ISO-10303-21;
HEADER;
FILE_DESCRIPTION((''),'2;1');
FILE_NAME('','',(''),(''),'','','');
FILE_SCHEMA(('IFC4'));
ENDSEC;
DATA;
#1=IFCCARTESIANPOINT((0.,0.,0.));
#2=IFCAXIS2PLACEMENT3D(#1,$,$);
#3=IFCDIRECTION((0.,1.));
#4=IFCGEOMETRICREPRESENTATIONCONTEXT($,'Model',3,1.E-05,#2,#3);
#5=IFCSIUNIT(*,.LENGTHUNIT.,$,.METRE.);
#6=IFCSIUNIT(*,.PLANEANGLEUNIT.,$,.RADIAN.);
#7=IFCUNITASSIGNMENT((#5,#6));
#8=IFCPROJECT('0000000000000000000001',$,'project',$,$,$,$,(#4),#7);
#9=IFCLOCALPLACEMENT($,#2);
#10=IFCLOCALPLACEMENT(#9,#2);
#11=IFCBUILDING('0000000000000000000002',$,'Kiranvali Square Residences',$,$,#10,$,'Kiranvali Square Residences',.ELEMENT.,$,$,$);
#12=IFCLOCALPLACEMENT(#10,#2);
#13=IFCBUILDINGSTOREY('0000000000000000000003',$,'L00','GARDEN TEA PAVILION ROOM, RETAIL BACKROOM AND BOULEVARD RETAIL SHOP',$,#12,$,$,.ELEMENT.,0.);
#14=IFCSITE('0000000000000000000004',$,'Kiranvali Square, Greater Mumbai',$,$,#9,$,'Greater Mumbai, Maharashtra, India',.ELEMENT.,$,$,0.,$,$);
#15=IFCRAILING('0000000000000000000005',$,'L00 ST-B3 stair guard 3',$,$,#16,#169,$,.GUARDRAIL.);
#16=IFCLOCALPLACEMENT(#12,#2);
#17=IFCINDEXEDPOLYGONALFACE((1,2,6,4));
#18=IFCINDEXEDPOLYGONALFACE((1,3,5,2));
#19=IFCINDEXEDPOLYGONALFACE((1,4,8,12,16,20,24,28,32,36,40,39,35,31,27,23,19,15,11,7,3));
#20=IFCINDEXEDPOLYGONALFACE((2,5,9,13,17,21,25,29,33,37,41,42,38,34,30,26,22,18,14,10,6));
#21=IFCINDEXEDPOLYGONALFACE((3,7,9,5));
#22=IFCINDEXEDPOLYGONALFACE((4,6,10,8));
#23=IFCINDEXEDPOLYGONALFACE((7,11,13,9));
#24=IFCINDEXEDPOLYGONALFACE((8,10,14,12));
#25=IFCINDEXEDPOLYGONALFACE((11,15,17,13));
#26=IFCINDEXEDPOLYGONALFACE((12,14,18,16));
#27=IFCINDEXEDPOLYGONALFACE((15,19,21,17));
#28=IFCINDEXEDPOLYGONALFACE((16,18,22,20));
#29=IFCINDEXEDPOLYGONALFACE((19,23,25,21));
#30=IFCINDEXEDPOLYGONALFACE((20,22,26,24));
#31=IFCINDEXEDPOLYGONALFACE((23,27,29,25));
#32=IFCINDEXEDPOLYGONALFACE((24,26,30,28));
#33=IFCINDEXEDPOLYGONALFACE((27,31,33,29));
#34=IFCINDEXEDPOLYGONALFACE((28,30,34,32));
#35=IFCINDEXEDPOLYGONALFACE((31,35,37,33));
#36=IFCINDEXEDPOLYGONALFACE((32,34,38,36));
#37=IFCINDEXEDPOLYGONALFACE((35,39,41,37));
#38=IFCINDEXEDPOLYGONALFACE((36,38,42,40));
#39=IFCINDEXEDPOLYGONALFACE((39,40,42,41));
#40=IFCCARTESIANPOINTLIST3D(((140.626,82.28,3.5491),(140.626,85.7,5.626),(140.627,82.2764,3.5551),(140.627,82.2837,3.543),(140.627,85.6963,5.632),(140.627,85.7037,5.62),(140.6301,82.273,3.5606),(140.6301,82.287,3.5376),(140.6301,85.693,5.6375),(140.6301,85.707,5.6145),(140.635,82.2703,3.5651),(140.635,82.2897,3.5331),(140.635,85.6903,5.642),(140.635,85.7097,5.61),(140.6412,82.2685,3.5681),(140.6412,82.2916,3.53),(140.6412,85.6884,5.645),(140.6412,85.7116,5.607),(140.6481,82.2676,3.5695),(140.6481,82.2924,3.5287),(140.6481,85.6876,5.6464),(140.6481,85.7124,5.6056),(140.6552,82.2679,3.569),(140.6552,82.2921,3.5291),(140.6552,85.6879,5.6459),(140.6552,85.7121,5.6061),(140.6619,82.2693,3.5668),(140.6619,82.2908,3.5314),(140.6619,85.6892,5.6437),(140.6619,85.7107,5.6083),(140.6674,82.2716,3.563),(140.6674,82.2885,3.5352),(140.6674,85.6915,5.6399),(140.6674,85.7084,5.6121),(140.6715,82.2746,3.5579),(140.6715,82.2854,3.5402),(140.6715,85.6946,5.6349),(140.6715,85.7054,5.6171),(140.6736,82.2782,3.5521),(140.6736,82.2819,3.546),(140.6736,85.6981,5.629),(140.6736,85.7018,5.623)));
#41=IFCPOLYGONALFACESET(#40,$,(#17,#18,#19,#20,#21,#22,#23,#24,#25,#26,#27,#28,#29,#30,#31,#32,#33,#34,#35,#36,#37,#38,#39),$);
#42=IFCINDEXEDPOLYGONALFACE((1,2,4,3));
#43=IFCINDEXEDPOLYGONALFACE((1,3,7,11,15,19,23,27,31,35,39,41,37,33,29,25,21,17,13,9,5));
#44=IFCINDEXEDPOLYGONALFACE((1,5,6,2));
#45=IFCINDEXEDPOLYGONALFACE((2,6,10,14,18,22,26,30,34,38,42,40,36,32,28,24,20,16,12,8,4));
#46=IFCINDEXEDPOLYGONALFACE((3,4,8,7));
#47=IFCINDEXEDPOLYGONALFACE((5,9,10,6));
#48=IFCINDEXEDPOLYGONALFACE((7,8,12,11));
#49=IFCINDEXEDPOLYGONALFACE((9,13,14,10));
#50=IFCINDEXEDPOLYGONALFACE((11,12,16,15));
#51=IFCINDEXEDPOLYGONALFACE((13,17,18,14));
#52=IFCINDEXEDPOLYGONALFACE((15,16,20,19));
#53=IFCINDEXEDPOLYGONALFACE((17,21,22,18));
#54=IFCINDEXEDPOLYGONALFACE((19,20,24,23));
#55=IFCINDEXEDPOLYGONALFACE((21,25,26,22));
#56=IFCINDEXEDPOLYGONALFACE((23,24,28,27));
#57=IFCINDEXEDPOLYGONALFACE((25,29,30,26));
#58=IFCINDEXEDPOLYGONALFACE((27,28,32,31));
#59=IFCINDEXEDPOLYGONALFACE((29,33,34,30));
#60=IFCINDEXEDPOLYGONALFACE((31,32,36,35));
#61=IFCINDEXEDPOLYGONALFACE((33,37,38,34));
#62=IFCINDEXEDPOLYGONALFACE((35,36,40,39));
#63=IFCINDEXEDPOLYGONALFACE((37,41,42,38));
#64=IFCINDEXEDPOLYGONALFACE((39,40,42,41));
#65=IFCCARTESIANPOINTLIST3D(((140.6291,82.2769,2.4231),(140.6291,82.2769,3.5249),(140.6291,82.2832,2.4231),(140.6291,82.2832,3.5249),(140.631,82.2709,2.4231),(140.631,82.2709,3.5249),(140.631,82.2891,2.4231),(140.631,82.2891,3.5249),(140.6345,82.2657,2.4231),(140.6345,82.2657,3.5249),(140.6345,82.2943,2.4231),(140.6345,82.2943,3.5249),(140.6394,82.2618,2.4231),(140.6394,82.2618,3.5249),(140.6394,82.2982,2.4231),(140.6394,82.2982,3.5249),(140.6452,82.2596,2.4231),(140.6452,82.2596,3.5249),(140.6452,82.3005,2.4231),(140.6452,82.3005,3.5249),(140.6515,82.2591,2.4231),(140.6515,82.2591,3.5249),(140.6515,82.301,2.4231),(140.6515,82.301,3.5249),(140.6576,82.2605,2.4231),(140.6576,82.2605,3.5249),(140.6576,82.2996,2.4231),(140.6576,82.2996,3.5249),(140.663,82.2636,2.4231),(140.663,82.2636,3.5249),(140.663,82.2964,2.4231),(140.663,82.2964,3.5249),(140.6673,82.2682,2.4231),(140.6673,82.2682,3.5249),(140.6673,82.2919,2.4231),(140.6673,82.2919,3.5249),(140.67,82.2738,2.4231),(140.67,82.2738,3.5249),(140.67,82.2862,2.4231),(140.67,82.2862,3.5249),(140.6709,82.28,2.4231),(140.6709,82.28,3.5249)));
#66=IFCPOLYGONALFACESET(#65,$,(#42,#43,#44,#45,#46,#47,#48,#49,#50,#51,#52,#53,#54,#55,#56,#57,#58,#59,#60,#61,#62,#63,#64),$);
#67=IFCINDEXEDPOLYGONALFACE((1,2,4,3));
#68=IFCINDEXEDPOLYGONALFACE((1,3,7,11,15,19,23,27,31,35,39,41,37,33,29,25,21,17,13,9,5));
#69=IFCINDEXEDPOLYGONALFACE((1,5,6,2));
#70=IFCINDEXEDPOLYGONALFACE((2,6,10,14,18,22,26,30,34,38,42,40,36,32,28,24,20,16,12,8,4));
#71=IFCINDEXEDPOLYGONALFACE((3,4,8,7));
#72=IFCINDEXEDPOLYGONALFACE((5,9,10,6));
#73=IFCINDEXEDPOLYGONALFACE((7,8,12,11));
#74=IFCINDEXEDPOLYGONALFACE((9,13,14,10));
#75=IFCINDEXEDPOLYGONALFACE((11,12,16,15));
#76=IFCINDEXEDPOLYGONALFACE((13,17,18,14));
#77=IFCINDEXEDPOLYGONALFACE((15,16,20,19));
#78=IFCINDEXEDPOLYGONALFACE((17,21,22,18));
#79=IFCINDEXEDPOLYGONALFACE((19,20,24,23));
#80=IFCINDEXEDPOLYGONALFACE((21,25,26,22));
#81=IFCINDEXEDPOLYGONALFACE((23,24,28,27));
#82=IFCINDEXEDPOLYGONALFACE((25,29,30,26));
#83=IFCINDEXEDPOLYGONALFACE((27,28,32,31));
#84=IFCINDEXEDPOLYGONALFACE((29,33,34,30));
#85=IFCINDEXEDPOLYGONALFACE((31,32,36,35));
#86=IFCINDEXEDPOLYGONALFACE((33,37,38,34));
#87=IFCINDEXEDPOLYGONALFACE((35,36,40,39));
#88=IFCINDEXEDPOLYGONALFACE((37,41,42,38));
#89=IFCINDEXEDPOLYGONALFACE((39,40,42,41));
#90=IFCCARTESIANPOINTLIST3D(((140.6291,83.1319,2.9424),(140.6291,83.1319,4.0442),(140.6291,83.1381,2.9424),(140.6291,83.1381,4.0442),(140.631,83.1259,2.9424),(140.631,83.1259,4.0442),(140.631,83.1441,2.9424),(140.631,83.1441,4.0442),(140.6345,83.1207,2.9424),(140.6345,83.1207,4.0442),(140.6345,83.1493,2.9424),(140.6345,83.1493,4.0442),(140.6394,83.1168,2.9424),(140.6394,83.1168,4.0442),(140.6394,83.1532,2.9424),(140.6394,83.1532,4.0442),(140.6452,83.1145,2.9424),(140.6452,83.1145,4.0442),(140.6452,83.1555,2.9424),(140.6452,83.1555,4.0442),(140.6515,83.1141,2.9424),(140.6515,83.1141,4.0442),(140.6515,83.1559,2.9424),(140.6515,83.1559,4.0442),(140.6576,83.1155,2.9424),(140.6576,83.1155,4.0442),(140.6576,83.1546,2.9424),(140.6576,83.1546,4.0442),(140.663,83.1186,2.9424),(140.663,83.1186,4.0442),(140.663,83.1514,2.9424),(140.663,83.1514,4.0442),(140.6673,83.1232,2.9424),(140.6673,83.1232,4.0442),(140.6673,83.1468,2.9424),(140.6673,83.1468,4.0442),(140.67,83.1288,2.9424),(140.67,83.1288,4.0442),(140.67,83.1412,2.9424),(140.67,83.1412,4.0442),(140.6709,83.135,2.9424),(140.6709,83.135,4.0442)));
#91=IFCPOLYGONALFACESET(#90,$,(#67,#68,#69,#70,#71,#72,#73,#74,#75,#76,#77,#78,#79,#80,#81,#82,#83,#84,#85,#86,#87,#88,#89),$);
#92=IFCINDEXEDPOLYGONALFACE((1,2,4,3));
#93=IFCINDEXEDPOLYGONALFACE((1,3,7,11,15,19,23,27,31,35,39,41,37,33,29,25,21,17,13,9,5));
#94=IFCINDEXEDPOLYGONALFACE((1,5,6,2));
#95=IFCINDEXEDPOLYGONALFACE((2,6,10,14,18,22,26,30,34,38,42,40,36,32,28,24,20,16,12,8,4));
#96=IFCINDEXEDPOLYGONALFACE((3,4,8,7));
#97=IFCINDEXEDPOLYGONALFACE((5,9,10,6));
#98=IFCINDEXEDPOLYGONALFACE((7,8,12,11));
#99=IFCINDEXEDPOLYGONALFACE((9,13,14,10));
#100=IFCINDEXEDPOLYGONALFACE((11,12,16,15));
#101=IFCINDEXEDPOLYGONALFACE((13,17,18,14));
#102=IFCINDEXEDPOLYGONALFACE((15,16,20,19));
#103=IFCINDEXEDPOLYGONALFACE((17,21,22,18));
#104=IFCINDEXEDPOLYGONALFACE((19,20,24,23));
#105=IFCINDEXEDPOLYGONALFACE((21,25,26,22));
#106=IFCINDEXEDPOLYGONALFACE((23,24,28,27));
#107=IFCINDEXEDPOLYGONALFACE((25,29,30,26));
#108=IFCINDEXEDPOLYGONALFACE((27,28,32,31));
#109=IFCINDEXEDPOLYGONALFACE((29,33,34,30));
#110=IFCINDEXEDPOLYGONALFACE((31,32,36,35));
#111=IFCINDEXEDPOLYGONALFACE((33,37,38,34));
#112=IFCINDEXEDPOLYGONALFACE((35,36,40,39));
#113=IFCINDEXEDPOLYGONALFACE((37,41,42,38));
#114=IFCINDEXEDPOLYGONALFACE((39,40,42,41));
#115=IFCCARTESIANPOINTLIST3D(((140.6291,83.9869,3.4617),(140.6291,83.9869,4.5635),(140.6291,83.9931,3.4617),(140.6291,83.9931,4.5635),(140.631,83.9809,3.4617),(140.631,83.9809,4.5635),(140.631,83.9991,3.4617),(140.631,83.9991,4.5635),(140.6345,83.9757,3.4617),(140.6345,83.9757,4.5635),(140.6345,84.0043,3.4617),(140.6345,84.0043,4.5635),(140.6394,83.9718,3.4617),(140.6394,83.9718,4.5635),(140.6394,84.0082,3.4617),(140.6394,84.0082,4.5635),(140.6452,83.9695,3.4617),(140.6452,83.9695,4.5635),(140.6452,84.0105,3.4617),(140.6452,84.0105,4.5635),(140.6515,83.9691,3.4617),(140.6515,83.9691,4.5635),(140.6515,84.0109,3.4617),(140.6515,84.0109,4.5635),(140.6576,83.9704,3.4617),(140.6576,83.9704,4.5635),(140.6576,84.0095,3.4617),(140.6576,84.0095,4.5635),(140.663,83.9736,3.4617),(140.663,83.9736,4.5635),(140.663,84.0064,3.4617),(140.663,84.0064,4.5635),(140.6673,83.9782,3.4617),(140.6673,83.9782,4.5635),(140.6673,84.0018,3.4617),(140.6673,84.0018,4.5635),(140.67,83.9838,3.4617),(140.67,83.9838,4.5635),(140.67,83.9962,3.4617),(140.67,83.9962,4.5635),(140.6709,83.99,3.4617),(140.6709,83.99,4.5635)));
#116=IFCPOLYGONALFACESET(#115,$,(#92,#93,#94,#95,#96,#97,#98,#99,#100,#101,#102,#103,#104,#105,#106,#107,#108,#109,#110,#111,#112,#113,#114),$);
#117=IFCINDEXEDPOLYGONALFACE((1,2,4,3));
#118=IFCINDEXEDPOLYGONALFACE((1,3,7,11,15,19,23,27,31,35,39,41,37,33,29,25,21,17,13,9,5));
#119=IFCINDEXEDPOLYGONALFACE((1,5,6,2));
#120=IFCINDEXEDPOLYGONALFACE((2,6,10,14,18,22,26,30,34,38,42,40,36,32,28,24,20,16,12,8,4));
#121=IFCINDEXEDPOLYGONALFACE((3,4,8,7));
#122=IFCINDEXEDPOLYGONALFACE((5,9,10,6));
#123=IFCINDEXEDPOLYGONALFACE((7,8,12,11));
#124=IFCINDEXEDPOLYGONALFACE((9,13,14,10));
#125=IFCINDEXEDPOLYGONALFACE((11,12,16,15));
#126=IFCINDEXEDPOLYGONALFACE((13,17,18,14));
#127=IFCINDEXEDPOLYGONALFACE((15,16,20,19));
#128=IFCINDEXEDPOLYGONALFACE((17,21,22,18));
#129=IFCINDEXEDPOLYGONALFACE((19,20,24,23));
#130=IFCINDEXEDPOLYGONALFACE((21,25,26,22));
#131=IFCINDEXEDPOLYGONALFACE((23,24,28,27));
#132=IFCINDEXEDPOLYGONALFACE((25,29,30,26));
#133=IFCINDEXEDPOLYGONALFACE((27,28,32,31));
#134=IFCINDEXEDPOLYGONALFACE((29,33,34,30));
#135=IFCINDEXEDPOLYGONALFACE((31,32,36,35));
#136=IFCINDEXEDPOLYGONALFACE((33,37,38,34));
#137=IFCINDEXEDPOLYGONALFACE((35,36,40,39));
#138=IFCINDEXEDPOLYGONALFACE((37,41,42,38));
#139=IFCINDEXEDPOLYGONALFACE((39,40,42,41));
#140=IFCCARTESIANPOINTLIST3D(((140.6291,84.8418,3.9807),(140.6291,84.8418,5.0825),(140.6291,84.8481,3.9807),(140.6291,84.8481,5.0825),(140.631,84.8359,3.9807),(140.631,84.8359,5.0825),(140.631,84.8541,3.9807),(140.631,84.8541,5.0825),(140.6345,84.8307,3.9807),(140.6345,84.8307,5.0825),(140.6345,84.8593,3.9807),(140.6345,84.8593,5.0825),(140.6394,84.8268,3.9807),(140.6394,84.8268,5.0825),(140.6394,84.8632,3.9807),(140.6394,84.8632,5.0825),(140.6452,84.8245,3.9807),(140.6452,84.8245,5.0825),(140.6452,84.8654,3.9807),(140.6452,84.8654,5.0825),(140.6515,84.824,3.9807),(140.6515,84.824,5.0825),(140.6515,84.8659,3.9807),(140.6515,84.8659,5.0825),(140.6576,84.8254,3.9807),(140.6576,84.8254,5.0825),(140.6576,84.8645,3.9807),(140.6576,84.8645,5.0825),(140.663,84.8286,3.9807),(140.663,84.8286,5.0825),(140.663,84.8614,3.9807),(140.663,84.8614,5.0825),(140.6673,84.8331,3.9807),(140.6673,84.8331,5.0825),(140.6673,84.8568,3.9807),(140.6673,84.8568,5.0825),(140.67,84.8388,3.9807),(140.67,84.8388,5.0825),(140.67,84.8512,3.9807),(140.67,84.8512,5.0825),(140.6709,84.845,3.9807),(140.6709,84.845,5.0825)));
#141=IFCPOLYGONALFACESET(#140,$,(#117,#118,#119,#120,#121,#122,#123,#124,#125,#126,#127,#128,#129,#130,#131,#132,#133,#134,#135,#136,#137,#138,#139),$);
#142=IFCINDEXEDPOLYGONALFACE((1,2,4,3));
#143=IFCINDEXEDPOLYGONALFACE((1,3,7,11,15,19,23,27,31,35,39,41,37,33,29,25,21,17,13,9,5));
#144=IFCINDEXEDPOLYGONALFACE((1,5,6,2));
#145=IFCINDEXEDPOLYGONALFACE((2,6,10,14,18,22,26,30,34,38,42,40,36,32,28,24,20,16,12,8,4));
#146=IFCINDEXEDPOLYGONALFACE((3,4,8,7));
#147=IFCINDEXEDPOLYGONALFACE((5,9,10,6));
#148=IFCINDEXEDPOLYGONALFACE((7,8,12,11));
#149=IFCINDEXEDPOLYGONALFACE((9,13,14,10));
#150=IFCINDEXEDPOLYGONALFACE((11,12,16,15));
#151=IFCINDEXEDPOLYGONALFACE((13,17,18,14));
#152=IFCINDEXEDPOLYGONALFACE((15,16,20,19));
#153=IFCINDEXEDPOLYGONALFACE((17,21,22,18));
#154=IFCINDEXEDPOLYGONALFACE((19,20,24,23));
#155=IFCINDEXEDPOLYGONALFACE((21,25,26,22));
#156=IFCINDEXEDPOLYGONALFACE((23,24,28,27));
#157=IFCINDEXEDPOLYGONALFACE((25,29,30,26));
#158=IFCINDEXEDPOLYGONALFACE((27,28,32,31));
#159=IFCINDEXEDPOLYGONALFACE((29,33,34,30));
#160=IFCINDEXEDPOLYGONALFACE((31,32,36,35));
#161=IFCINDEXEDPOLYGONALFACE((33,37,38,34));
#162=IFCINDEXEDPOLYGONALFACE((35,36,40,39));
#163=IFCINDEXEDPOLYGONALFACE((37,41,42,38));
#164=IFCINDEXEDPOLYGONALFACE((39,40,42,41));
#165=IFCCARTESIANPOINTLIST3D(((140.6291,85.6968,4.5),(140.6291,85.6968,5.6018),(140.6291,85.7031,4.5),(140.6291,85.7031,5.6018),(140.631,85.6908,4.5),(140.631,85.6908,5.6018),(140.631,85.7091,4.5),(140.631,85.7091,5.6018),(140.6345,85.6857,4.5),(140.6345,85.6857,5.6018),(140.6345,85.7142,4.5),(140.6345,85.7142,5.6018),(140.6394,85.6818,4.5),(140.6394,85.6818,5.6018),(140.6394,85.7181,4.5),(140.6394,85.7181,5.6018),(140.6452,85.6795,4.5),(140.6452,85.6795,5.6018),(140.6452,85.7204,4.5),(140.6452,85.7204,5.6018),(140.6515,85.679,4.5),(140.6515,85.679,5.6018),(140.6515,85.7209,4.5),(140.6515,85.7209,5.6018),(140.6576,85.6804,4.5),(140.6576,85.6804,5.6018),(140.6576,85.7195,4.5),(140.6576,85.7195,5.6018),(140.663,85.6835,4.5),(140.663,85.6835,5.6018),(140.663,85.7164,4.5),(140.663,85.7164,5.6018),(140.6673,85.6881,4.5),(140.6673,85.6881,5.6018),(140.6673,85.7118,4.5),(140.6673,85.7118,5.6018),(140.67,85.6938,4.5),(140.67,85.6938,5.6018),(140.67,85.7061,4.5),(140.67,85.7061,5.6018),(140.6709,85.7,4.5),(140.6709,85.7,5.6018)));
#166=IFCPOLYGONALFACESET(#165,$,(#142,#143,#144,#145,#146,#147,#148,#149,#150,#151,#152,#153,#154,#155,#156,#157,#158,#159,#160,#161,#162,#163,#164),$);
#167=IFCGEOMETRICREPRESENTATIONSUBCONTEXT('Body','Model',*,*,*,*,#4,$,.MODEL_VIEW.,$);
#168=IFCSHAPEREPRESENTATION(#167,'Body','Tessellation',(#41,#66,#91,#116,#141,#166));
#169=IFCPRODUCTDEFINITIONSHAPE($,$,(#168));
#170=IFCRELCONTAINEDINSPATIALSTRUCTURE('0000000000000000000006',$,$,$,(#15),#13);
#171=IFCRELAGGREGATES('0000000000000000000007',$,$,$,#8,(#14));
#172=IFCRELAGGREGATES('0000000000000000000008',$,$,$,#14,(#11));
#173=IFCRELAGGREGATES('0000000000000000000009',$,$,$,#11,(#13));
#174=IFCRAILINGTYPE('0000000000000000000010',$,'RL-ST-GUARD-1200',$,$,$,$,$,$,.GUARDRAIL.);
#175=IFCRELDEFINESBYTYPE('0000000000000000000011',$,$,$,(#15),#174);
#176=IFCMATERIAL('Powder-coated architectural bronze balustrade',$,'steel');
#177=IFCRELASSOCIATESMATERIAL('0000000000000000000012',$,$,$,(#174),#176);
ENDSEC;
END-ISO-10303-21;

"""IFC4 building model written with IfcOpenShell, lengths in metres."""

from ifc_helpers import new_model, si_unit, direction, frame, origin, origin_2d, place, context, subcontext, project, spatial, circle, extrude, material, type_object, element, save


model = new_model("IFC4")

# Units and contexts
model_context = context("Model", 3, precision=1e-05, world=origin(), true_north=direction((0.0, 1.0)))
body_context = subcontext(model_context, "Body", "Model", "MODEL_VIEW")
ifc_project = project(units=[si_unit("LENGTHUNIT", "METRE"), si_unit("PLANEANGLEUNIT", "RADIAN")], contexts=[model_context])

# Site, building, storey
site_placement = place(None, origin())
site = spatial("IfcSite", under=ifc_project, at=site_placement, Name="Kiranvali Square, Greater Mumbai", LongName="Greater Mumbai, Maharashtra, India", CompositionType="ELEMENT", RefElevation=0.0)
building_placement = place(site_placement, origin())
building = spatial("IfcBuilding", under=site, at=building_placement, Name="Kiranvali Square Residences", LongName="Kiranvali Square Residences", CompositionType="ELEMENT")
storey_placement = place(building_placement, origin())
storey = spatial("IfcBuildingStorey", under=building, at=storey_placement, Name="L00", Description="GARDEN TEA PAVILION ROOM, RETAIL BACKROOM AND BOULEVARD RETAIL SHOP", CompositionType="ELEMENT", Elevation=0.0)

# Railing
ifc_material_1 = material(Name="Powder-coated architectural bronze balustrade", Category="steel")
railing_type = type_object("IfcRailingType", Name="RL-ST-GUARD-1200", PredefinedType="GUARDRAIL", material=ifc_material_1)
railing_1_placement = place(storey_placement, frame((140.6499, 82.28, 2.4231)))
element("IfcRailing", 1, at=railing_1_placement, inside=storey, type_object=railing_type, Name="L00 ST-B3 stair guard 3", PredefinedType="GUARDRAIL", context=body_context, shape_type="SweptSolid", body=[
    extrude(circle(Radius=0.0239, at=origin_2d()), frame((0.0, 0.0, 1.126), z_axis=(0.0, 0.85473, 0.519074), x_axis=(-1.0, 0.0, 0.0)), (0.0, 0.0, 1.0), 4.0012),
    extrude(circle(Radius=0.021, at=origin_2d()), origin(), (0.0, 0.0, 1.0), 1.1018),
    extrude(circle(Radius=0.021, at=origin_2d()), frame((0.0, 0.855, 0.5193)), (0.0, 0.0, 1.0), 1.1018),
    extrude(circle(Radius=0.021, at=origin_2d()), frame((0.0, 1.71, 1.0386)), (0.0, 0.0, 1.0), 1.1018),
    extrude(circle(Radius=0.021, at=origin_2d()), frame((0.0, 2.5649, 1.5576)), (0.0, 0.0, 1.0), 1.1018),
    extrude(circle(Radius=0.021, at=origin_2d()), frame((0.0, 3.4199, 2.0769)), (0.0, 0.0, 1.0), 1.1018),
])

save(model, "model.ifc")
